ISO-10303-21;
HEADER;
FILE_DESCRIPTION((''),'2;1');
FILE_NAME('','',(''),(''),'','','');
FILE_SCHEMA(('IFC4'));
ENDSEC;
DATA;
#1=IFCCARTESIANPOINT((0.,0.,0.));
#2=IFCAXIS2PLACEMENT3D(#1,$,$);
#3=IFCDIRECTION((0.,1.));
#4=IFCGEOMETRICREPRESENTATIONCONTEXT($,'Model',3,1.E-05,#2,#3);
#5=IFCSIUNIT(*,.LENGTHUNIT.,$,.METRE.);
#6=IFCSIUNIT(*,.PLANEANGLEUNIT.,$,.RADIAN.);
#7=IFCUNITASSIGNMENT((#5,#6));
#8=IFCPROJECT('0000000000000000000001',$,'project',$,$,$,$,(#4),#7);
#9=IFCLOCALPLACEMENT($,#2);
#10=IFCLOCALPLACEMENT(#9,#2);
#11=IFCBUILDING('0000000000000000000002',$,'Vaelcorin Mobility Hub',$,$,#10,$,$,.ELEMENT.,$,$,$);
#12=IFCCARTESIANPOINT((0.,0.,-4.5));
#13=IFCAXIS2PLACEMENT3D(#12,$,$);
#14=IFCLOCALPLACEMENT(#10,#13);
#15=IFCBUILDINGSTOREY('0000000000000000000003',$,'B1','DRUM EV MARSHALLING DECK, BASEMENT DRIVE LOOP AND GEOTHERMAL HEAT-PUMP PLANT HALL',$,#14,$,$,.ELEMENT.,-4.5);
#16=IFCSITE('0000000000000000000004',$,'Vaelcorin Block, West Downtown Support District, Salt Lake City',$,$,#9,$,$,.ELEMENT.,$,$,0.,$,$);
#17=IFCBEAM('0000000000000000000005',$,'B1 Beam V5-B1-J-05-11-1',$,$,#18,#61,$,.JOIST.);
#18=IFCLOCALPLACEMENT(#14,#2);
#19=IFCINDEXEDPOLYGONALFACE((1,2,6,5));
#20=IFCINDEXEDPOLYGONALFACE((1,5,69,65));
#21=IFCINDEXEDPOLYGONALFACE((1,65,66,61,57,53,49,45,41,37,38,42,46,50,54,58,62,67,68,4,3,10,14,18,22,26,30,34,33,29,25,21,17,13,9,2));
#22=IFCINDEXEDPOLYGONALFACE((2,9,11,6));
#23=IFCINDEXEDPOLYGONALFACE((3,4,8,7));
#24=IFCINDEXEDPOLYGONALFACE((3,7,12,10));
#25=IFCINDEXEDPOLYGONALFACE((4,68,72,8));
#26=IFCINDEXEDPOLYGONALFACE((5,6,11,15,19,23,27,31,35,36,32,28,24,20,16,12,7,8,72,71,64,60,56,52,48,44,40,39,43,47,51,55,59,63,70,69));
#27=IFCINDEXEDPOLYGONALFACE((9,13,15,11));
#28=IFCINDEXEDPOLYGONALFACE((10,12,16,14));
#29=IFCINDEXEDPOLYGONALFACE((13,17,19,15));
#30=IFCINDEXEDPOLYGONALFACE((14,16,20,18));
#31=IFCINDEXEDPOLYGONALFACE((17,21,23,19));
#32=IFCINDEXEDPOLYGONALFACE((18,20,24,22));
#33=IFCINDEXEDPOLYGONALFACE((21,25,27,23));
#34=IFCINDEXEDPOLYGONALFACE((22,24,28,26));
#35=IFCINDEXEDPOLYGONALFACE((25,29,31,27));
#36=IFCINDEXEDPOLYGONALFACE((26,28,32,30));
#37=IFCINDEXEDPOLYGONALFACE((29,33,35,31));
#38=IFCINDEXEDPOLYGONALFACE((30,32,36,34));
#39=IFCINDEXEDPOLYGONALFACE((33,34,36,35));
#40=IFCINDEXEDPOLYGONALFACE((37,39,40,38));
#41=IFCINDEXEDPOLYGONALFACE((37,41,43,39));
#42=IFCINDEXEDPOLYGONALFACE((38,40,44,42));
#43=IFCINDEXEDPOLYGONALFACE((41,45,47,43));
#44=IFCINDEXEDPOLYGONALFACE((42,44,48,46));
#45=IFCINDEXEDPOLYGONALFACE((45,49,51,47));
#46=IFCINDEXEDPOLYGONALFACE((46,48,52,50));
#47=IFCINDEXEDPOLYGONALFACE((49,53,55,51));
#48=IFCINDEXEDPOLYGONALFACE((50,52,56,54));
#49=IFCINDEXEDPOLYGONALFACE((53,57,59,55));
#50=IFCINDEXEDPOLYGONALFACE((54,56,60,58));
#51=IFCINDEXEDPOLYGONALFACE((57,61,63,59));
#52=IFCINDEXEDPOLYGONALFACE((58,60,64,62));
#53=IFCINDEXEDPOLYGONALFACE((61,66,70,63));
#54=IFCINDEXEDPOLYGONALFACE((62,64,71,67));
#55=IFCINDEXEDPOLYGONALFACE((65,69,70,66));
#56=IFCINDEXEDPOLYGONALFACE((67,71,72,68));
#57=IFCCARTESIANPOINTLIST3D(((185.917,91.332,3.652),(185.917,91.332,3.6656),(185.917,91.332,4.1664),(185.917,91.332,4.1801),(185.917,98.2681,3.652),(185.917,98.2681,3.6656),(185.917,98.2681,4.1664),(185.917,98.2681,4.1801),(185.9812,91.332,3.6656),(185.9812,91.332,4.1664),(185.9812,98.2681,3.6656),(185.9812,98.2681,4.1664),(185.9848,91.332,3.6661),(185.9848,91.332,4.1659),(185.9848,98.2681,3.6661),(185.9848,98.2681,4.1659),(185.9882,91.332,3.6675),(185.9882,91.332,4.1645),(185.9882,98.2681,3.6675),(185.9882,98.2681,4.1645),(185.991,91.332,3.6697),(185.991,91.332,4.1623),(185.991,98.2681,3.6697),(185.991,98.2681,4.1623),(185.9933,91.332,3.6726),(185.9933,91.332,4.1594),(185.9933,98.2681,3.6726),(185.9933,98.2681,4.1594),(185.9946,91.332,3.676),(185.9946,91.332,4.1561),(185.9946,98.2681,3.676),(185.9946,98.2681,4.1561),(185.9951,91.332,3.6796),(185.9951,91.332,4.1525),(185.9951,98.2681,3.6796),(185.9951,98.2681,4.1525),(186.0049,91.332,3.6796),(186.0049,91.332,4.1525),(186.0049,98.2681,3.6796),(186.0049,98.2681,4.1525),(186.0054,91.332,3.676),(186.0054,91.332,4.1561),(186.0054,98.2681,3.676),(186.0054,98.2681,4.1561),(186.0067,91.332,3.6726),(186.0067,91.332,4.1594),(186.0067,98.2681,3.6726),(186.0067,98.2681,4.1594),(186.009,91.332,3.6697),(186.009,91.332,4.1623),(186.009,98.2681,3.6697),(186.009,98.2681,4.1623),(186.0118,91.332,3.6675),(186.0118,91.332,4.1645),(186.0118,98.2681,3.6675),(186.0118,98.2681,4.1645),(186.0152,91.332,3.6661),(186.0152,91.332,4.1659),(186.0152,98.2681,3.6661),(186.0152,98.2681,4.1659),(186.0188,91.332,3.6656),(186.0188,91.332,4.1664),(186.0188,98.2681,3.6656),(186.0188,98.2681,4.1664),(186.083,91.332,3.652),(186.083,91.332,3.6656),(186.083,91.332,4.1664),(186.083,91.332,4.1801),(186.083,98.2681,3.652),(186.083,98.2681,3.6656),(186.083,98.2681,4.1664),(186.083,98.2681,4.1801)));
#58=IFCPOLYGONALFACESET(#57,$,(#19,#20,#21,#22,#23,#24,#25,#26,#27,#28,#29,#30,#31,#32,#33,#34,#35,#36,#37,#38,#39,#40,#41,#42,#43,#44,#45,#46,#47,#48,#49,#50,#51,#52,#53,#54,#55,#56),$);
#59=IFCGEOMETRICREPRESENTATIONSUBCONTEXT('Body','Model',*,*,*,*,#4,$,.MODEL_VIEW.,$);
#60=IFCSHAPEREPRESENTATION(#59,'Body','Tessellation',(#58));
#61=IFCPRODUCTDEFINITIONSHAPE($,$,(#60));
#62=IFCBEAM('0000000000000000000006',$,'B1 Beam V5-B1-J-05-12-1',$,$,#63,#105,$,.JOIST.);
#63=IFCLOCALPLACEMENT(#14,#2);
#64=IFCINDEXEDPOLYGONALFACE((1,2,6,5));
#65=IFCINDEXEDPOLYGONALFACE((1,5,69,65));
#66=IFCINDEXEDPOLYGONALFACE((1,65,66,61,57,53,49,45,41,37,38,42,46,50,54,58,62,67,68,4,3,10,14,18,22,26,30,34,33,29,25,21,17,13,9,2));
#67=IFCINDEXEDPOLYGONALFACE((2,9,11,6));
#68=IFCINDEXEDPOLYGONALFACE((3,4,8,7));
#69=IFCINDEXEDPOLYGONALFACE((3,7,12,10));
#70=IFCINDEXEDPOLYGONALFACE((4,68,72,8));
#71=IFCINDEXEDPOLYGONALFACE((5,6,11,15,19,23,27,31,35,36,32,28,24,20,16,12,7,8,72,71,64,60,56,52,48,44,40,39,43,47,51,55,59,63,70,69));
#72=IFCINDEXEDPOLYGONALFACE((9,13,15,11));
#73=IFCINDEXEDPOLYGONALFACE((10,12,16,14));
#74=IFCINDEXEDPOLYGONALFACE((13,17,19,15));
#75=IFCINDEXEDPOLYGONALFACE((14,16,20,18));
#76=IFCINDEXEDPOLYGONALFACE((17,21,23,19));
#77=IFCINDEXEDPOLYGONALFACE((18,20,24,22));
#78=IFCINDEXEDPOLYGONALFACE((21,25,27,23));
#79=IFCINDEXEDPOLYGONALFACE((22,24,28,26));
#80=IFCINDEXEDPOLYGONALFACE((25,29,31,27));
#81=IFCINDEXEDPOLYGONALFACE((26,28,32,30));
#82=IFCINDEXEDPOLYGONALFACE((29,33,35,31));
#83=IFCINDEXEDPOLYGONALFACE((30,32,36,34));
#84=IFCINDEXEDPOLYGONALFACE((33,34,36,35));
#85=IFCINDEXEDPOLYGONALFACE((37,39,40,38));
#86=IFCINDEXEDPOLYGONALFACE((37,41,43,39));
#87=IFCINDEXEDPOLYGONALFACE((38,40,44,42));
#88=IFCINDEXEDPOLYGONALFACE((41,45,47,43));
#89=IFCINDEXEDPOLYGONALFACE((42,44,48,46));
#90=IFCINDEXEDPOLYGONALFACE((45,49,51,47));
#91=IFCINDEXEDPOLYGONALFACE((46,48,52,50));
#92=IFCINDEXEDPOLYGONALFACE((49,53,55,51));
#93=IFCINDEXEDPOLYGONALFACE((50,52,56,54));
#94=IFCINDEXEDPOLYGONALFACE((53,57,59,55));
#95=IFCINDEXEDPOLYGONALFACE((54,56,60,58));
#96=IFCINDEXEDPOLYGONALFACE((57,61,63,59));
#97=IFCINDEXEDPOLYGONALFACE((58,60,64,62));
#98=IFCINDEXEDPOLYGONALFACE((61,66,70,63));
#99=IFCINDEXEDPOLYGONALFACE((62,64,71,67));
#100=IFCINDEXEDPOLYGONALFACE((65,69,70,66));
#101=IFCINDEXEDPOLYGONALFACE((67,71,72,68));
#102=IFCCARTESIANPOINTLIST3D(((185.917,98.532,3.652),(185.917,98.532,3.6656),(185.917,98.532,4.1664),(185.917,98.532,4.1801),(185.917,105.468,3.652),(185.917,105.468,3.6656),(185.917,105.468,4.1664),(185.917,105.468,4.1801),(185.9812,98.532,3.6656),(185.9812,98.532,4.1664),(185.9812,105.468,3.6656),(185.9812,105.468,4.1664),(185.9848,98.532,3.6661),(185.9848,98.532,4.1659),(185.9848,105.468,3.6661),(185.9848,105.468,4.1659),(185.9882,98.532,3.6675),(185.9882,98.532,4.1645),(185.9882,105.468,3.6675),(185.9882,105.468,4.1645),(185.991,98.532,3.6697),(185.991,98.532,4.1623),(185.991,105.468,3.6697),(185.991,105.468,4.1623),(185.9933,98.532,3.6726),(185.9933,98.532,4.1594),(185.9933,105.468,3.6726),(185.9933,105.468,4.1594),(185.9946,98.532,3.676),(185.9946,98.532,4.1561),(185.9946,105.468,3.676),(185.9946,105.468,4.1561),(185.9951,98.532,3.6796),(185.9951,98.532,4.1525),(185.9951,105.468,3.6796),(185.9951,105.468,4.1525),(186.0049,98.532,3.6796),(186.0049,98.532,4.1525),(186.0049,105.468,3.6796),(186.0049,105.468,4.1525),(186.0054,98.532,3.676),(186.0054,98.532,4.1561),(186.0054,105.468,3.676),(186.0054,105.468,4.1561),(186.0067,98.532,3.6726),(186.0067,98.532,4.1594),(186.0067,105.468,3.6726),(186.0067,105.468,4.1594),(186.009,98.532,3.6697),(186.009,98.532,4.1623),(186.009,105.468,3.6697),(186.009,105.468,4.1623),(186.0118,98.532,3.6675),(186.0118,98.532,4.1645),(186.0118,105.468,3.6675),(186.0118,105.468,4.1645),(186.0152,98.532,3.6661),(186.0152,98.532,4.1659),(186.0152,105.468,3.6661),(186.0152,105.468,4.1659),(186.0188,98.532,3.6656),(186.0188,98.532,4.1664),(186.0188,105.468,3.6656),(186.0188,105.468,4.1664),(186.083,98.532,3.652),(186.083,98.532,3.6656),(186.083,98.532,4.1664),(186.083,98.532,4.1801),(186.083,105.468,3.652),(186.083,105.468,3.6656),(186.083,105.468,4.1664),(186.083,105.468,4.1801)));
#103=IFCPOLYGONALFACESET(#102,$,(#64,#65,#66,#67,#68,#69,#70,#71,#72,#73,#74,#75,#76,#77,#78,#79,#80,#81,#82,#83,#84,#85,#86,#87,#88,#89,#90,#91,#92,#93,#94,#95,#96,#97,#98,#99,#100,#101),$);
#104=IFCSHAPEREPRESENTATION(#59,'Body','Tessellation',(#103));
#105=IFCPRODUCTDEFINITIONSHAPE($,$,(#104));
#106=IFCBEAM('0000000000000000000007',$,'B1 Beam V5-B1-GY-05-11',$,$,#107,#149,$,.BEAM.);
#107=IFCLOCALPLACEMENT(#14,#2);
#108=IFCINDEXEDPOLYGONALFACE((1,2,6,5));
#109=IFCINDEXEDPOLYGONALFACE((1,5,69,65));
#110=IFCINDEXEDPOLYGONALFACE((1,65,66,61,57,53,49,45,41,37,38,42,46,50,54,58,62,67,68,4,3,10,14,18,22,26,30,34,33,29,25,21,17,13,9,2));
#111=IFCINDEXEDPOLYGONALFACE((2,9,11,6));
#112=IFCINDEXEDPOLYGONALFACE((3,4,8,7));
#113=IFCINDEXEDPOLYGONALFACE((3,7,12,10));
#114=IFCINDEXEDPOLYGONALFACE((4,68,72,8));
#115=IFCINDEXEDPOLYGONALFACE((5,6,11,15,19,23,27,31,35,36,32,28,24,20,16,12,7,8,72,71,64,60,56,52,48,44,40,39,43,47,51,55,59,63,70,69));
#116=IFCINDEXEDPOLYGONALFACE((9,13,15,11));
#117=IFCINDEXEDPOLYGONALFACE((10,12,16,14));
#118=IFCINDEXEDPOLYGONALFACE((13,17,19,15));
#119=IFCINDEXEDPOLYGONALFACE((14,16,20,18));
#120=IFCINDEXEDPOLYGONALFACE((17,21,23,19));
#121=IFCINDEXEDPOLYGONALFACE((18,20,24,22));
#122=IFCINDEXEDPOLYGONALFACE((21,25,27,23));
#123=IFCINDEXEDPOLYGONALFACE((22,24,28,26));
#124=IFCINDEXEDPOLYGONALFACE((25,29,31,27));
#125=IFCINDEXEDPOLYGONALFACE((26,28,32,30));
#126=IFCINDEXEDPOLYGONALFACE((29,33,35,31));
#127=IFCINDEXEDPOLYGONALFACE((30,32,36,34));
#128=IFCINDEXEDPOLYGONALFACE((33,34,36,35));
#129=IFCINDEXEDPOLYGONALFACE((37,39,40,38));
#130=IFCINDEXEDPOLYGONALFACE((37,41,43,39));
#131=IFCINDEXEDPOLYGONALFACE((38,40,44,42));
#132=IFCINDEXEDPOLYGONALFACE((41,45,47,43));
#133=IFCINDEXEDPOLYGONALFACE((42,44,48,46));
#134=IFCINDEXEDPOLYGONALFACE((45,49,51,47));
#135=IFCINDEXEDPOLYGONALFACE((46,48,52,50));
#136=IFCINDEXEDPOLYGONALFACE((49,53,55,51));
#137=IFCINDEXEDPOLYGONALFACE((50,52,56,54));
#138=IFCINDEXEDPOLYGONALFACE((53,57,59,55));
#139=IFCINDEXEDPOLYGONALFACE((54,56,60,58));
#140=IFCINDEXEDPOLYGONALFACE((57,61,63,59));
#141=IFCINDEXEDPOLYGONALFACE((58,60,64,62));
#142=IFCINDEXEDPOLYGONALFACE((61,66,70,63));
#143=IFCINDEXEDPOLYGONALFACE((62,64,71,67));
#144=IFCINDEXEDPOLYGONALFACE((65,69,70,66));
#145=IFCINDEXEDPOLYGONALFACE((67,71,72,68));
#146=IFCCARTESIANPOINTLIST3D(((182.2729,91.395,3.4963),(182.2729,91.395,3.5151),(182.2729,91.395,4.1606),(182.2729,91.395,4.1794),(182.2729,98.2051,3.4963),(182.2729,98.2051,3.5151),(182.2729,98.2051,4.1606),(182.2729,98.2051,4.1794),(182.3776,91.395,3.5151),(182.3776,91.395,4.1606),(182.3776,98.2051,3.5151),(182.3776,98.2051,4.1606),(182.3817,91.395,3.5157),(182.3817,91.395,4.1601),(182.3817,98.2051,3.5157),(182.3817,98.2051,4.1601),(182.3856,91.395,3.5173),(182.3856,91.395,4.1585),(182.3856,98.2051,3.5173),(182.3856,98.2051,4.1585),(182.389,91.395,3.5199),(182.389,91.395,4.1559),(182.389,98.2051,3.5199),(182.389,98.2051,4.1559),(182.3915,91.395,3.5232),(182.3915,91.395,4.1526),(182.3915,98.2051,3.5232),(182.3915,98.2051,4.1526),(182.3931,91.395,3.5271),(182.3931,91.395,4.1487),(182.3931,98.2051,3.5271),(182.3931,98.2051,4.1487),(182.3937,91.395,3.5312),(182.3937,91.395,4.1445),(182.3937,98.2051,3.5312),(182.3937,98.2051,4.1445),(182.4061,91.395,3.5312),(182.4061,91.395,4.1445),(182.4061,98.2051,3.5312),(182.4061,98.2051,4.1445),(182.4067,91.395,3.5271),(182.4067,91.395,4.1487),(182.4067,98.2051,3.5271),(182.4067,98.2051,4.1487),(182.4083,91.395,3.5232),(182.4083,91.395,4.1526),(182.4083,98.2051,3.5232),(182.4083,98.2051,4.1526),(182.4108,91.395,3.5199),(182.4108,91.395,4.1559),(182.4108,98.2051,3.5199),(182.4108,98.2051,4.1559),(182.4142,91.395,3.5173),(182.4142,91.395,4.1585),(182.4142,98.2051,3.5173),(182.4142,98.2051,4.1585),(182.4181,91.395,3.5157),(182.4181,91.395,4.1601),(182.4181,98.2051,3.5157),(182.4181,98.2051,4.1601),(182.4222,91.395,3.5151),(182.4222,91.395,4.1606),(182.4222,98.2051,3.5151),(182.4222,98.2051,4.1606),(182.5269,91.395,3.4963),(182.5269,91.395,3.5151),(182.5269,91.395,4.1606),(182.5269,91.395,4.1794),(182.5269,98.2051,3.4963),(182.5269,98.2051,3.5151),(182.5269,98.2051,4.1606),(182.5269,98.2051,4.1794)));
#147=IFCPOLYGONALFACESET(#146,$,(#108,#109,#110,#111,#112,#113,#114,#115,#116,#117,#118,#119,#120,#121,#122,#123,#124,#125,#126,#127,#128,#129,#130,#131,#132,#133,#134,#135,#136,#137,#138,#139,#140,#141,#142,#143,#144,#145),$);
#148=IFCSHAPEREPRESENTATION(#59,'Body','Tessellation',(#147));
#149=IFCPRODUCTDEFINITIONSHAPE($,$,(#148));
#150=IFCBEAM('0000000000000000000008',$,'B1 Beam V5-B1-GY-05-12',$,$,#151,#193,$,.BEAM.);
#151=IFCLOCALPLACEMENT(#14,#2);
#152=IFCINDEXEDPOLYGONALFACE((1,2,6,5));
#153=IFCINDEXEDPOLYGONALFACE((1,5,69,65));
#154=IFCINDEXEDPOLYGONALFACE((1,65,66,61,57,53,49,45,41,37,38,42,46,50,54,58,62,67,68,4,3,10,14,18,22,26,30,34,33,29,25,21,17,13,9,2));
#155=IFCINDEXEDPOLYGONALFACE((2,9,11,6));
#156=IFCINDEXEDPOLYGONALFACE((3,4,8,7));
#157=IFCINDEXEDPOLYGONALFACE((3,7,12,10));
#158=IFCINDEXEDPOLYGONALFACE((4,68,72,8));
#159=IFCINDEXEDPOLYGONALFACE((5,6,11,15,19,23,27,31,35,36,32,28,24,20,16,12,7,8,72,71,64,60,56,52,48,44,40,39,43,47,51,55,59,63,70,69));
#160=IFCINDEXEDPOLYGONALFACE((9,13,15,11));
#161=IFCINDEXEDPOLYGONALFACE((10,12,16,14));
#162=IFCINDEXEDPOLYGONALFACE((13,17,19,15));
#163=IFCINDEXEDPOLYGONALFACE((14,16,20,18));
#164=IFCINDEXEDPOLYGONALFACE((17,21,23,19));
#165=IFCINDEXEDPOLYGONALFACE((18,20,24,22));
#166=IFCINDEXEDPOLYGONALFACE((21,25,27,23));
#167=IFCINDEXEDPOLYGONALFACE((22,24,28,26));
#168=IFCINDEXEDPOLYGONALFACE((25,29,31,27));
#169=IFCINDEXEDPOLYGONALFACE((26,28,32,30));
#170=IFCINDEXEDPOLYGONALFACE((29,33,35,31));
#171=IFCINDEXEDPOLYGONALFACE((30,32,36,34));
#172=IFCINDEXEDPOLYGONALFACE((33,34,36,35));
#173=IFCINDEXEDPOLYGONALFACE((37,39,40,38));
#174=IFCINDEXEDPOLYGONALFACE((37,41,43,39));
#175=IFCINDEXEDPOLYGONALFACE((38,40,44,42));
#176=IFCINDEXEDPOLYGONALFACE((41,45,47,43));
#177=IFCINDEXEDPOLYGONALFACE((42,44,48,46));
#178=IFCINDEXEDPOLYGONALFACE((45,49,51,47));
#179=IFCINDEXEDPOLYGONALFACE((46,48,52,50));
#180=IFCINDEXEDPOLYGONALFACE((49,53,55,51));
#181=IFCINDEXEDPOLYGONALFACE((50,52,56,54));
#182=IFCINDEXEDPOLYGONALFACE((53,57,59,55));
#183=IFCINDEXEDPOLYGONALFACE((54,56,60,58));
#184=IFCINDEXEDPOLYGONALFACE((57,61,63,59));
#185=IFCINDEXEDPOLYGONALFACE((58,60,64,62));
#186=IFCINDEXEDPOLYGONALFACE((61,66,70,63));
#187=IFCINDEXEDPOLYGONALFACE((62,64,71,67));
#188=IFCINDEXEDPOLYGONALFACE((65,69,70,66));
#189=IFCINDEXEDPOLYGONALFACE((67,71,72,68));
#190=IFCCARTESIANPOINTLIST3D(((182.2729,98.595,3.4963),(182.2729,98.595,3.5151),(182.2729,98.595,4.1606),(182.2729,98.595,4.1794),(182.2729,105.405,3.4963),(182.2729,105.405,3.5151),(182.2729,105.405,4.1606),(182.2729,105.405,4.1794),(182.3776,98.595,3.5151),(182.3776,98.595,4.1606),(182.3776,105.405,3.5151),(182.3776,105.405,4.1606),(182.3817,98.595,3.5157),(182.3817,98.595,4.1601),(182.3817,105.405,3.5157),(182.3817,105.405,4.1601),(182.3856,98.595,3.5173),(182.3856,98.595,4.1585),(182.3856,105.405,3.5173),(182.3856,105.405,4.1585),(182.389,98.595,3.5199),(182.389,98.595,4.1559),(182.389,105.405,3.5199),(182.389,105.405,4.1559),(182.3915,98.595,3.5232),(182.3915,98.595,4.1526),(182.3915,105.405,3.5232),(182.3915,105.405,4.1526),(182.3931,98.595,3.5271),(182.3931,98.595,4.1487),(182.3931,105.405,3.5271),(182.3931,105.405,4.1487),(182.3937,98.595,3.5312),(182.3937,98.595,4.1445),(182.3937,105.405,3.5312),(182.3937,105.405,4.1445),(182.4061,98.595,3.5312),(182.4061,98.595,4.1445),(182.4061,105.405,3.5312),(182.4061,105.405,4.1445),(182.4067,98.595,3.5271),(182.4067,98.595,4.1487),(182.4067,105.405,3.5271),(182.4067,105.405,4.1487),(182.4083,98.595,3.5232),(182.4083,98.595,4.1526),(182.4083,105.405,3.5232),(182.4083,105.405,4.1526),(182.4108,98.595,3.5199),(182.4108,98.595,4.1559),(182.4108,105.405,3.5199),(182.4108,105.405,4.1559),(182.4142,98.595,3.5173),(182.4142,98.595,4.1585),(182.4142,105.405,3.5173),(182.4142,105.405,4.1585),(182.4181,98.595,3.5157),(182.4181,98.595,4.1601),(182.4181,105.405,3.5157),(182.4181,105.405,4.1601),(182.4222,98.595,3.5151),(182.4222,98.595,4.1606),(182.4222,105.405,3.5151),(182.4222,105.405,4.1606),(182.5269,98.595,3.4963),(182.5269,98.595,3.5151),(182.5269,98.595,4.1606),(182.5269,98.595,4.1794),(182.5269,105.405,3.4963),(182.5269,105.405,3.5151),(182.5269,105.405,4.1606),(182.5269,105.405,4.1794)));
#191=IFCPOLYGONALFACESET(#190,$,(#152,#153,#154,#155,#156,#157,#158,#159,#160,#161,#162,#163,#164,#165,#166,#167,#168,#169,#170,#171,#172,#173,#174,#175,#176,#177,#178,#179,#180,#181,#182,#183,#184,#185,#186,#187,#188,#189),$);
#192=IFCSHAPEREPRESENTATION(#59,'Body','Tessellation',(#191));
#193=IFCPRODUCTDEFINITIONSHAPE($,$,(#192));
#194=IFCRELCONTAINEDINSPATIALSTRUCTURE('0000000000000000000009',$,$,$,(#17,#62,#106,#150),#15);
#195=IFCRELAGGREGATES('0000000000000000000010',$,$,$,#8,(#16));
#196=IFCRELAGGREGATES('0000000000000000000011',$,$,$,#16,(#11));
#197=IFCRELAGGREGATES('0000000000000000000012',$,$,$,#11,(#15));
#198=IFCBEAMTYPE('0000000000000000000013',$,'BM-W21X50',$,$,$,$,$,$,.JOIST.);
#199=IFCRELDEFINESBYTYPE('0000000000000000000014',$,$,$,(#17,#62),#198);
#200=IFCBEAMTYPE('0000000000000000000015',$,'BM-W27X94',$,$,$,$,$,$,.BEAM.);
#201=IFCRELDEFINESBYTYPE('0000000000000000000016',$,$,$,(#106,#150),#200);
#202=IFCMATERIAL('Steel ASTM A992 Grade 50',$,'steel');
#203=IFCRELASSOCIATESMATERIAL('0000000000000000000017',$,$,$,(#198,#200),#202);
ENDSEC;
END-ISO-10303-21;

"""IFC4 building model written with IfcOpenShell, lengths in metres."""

from ifc_helpers import new_model, si_unit, direction, frame, origin, origin_2d, place, context, subcontext, project, spatial, i_section, extrude, material, material_profile, profile_set, type_object, element, save


model = new_model("IFC4")

# Units and contexts
model_context = context("Model", 3, precision=1e-05, world=origin(), true_north=direction((0.0, 1.0)))
body_context = subcontext(model_context, "Body", "Model", "MODEL_VIEW")
ifc_project = project(units=[si_unit("LENGTHUNIT", "METRE"), si_unit("PLANEANGLEUNIT", "RADIAN")], contexts=[model_context])

# Site, building, storey
site_placement = place(None, origin())
site = spatial("IfcSite", under=ifc_project, at=site_placement, Name="Vaelcorin Block, West Downtown Support District, Salt Lake City", CompositionType="ELEMENT", RefElevation=0.0)
building_placement = place(site_placement, origin())
building = spatial("IfcBuilding", under=site, at=building_placement, Name="Vaelcorin Mobility Hub", CompositionType="ELEMENT")
storey_placement = place(building_placement, frame((0.0, 0.0, -4.5)))
storey = spatial("IfcBuildingStorey", under=building, at=storey_placement, Name="B1", Description="DRUM EV MARSHALLING DECK, BASEMENT DRIVE LOOP AND GEOTHERMAL HEAT-PUMP PLANT HALL", CompositionType="ELEMENT", Elevation=-4.5)

# Shared definitions
ifc_material_1 = material(Name="Steel ASTM A992 Grade 50", Category="steel")

# Beams
ifc_material_profile_1 = material_profile(ifc_material_1, i_section(OverallWidth=0.166, OverallDepth=0.5281, WebThickness=0.0098, FlangeThickness=0.0137, FilletRadius=0.0139, at=origin_2d()), Name="W21X50")
ifc_profile_set_1 = profile_set([ifc_material_profile_1], Name="Steel ASTM A992 Grade 50")
beam_type_1 = type_object("IfcBeamType", Name="BM-W21X50", PredefinedType="JOIST", material=ifc_profile_set_1)
for number, where, z_axis, x_axis, name in (
    (1, (186.0, 91.332, 3.916), (0.0, 1.0, 0.0), (-1.0, 0.0, 0.0), "B1 Beam V5-B1-J-05-11-1"),
    (2, (186.0, 98.532, 3.916), (0.0, 1.0, 0.0), (-1.0, 0.0, 0.0), "B1 Beam V5-B1-J-05-12-1"),
):
    element("IfcBeam", number, at=place(storey_placement, frame(where, z_axis=z_axis, x_axis=x_axis)), inside=storey, type_object=beam_type_1, Name=name, PredefinedType="JOIST", context=body_context, shape_type="SweptSolid", body=[
        extrude(i_section(OverallWidth=0.166, OverallDepth=0.5281, WebThickness=0.0098, FlangeThickness=0.0137, FilletRadius=0.0139, at=origin_2d()), origin(), (0.0, 0.0, 1.0), 6.936),
    ])
ifc_material_profile_2 = material_profile(ifc_material_1, i_section(OverallWidth=0.2539, OverallDepth=0.6831, WebThickness=0.0125, FlangeThickness=0.0188, FilletRadius=0.0161, at=origin_2d()), Name="W27X94")
ifc_profile_set_2 = profile_set([ifc_material_profile_2], Name="Steel ASTM A992 Grade 50")
beam_type_2 = type_object("IfcBeamType", Name="BM-W27X94", PredefinedType="BEAM", material=ifc_profile_set_2)
for number, where, z_axis, x_axis, name in (
    (3, (182.3999, 91.395, 3.8379), (0.0, 1.0, 0.0), (-1.0, 0.0, 0.0), "B1 Beam V5-B1-GY-05-11"),
    (4, (182.3999, 98.595, 3.8379), (0.0, 1.0, 0.0), (-1.0, 0.0, 0.0), "B1 Beam V5-B1-GY-05-12"),
):
    element("IfcBeam", number, at=place(storey_placement, frame(where, z_axis=z_axis, x_axis=x_axis)), inside=storey, type_object=beam_type_2, Name=name, PredefinedType="BEAM", context=body_context, shape_type="SweptSolid", body=[
        extrude(i_section(OverallWidth=0.2539, OverallDepth=0.6831, WebThickness=0.0125, FlangeThickness=0.0188, FilletRadius=0.0161, at=origin_2d()), origin(), (0.0, 0.0, 1.0), 6.8101),
    ])

save(model, "model.ifc")
